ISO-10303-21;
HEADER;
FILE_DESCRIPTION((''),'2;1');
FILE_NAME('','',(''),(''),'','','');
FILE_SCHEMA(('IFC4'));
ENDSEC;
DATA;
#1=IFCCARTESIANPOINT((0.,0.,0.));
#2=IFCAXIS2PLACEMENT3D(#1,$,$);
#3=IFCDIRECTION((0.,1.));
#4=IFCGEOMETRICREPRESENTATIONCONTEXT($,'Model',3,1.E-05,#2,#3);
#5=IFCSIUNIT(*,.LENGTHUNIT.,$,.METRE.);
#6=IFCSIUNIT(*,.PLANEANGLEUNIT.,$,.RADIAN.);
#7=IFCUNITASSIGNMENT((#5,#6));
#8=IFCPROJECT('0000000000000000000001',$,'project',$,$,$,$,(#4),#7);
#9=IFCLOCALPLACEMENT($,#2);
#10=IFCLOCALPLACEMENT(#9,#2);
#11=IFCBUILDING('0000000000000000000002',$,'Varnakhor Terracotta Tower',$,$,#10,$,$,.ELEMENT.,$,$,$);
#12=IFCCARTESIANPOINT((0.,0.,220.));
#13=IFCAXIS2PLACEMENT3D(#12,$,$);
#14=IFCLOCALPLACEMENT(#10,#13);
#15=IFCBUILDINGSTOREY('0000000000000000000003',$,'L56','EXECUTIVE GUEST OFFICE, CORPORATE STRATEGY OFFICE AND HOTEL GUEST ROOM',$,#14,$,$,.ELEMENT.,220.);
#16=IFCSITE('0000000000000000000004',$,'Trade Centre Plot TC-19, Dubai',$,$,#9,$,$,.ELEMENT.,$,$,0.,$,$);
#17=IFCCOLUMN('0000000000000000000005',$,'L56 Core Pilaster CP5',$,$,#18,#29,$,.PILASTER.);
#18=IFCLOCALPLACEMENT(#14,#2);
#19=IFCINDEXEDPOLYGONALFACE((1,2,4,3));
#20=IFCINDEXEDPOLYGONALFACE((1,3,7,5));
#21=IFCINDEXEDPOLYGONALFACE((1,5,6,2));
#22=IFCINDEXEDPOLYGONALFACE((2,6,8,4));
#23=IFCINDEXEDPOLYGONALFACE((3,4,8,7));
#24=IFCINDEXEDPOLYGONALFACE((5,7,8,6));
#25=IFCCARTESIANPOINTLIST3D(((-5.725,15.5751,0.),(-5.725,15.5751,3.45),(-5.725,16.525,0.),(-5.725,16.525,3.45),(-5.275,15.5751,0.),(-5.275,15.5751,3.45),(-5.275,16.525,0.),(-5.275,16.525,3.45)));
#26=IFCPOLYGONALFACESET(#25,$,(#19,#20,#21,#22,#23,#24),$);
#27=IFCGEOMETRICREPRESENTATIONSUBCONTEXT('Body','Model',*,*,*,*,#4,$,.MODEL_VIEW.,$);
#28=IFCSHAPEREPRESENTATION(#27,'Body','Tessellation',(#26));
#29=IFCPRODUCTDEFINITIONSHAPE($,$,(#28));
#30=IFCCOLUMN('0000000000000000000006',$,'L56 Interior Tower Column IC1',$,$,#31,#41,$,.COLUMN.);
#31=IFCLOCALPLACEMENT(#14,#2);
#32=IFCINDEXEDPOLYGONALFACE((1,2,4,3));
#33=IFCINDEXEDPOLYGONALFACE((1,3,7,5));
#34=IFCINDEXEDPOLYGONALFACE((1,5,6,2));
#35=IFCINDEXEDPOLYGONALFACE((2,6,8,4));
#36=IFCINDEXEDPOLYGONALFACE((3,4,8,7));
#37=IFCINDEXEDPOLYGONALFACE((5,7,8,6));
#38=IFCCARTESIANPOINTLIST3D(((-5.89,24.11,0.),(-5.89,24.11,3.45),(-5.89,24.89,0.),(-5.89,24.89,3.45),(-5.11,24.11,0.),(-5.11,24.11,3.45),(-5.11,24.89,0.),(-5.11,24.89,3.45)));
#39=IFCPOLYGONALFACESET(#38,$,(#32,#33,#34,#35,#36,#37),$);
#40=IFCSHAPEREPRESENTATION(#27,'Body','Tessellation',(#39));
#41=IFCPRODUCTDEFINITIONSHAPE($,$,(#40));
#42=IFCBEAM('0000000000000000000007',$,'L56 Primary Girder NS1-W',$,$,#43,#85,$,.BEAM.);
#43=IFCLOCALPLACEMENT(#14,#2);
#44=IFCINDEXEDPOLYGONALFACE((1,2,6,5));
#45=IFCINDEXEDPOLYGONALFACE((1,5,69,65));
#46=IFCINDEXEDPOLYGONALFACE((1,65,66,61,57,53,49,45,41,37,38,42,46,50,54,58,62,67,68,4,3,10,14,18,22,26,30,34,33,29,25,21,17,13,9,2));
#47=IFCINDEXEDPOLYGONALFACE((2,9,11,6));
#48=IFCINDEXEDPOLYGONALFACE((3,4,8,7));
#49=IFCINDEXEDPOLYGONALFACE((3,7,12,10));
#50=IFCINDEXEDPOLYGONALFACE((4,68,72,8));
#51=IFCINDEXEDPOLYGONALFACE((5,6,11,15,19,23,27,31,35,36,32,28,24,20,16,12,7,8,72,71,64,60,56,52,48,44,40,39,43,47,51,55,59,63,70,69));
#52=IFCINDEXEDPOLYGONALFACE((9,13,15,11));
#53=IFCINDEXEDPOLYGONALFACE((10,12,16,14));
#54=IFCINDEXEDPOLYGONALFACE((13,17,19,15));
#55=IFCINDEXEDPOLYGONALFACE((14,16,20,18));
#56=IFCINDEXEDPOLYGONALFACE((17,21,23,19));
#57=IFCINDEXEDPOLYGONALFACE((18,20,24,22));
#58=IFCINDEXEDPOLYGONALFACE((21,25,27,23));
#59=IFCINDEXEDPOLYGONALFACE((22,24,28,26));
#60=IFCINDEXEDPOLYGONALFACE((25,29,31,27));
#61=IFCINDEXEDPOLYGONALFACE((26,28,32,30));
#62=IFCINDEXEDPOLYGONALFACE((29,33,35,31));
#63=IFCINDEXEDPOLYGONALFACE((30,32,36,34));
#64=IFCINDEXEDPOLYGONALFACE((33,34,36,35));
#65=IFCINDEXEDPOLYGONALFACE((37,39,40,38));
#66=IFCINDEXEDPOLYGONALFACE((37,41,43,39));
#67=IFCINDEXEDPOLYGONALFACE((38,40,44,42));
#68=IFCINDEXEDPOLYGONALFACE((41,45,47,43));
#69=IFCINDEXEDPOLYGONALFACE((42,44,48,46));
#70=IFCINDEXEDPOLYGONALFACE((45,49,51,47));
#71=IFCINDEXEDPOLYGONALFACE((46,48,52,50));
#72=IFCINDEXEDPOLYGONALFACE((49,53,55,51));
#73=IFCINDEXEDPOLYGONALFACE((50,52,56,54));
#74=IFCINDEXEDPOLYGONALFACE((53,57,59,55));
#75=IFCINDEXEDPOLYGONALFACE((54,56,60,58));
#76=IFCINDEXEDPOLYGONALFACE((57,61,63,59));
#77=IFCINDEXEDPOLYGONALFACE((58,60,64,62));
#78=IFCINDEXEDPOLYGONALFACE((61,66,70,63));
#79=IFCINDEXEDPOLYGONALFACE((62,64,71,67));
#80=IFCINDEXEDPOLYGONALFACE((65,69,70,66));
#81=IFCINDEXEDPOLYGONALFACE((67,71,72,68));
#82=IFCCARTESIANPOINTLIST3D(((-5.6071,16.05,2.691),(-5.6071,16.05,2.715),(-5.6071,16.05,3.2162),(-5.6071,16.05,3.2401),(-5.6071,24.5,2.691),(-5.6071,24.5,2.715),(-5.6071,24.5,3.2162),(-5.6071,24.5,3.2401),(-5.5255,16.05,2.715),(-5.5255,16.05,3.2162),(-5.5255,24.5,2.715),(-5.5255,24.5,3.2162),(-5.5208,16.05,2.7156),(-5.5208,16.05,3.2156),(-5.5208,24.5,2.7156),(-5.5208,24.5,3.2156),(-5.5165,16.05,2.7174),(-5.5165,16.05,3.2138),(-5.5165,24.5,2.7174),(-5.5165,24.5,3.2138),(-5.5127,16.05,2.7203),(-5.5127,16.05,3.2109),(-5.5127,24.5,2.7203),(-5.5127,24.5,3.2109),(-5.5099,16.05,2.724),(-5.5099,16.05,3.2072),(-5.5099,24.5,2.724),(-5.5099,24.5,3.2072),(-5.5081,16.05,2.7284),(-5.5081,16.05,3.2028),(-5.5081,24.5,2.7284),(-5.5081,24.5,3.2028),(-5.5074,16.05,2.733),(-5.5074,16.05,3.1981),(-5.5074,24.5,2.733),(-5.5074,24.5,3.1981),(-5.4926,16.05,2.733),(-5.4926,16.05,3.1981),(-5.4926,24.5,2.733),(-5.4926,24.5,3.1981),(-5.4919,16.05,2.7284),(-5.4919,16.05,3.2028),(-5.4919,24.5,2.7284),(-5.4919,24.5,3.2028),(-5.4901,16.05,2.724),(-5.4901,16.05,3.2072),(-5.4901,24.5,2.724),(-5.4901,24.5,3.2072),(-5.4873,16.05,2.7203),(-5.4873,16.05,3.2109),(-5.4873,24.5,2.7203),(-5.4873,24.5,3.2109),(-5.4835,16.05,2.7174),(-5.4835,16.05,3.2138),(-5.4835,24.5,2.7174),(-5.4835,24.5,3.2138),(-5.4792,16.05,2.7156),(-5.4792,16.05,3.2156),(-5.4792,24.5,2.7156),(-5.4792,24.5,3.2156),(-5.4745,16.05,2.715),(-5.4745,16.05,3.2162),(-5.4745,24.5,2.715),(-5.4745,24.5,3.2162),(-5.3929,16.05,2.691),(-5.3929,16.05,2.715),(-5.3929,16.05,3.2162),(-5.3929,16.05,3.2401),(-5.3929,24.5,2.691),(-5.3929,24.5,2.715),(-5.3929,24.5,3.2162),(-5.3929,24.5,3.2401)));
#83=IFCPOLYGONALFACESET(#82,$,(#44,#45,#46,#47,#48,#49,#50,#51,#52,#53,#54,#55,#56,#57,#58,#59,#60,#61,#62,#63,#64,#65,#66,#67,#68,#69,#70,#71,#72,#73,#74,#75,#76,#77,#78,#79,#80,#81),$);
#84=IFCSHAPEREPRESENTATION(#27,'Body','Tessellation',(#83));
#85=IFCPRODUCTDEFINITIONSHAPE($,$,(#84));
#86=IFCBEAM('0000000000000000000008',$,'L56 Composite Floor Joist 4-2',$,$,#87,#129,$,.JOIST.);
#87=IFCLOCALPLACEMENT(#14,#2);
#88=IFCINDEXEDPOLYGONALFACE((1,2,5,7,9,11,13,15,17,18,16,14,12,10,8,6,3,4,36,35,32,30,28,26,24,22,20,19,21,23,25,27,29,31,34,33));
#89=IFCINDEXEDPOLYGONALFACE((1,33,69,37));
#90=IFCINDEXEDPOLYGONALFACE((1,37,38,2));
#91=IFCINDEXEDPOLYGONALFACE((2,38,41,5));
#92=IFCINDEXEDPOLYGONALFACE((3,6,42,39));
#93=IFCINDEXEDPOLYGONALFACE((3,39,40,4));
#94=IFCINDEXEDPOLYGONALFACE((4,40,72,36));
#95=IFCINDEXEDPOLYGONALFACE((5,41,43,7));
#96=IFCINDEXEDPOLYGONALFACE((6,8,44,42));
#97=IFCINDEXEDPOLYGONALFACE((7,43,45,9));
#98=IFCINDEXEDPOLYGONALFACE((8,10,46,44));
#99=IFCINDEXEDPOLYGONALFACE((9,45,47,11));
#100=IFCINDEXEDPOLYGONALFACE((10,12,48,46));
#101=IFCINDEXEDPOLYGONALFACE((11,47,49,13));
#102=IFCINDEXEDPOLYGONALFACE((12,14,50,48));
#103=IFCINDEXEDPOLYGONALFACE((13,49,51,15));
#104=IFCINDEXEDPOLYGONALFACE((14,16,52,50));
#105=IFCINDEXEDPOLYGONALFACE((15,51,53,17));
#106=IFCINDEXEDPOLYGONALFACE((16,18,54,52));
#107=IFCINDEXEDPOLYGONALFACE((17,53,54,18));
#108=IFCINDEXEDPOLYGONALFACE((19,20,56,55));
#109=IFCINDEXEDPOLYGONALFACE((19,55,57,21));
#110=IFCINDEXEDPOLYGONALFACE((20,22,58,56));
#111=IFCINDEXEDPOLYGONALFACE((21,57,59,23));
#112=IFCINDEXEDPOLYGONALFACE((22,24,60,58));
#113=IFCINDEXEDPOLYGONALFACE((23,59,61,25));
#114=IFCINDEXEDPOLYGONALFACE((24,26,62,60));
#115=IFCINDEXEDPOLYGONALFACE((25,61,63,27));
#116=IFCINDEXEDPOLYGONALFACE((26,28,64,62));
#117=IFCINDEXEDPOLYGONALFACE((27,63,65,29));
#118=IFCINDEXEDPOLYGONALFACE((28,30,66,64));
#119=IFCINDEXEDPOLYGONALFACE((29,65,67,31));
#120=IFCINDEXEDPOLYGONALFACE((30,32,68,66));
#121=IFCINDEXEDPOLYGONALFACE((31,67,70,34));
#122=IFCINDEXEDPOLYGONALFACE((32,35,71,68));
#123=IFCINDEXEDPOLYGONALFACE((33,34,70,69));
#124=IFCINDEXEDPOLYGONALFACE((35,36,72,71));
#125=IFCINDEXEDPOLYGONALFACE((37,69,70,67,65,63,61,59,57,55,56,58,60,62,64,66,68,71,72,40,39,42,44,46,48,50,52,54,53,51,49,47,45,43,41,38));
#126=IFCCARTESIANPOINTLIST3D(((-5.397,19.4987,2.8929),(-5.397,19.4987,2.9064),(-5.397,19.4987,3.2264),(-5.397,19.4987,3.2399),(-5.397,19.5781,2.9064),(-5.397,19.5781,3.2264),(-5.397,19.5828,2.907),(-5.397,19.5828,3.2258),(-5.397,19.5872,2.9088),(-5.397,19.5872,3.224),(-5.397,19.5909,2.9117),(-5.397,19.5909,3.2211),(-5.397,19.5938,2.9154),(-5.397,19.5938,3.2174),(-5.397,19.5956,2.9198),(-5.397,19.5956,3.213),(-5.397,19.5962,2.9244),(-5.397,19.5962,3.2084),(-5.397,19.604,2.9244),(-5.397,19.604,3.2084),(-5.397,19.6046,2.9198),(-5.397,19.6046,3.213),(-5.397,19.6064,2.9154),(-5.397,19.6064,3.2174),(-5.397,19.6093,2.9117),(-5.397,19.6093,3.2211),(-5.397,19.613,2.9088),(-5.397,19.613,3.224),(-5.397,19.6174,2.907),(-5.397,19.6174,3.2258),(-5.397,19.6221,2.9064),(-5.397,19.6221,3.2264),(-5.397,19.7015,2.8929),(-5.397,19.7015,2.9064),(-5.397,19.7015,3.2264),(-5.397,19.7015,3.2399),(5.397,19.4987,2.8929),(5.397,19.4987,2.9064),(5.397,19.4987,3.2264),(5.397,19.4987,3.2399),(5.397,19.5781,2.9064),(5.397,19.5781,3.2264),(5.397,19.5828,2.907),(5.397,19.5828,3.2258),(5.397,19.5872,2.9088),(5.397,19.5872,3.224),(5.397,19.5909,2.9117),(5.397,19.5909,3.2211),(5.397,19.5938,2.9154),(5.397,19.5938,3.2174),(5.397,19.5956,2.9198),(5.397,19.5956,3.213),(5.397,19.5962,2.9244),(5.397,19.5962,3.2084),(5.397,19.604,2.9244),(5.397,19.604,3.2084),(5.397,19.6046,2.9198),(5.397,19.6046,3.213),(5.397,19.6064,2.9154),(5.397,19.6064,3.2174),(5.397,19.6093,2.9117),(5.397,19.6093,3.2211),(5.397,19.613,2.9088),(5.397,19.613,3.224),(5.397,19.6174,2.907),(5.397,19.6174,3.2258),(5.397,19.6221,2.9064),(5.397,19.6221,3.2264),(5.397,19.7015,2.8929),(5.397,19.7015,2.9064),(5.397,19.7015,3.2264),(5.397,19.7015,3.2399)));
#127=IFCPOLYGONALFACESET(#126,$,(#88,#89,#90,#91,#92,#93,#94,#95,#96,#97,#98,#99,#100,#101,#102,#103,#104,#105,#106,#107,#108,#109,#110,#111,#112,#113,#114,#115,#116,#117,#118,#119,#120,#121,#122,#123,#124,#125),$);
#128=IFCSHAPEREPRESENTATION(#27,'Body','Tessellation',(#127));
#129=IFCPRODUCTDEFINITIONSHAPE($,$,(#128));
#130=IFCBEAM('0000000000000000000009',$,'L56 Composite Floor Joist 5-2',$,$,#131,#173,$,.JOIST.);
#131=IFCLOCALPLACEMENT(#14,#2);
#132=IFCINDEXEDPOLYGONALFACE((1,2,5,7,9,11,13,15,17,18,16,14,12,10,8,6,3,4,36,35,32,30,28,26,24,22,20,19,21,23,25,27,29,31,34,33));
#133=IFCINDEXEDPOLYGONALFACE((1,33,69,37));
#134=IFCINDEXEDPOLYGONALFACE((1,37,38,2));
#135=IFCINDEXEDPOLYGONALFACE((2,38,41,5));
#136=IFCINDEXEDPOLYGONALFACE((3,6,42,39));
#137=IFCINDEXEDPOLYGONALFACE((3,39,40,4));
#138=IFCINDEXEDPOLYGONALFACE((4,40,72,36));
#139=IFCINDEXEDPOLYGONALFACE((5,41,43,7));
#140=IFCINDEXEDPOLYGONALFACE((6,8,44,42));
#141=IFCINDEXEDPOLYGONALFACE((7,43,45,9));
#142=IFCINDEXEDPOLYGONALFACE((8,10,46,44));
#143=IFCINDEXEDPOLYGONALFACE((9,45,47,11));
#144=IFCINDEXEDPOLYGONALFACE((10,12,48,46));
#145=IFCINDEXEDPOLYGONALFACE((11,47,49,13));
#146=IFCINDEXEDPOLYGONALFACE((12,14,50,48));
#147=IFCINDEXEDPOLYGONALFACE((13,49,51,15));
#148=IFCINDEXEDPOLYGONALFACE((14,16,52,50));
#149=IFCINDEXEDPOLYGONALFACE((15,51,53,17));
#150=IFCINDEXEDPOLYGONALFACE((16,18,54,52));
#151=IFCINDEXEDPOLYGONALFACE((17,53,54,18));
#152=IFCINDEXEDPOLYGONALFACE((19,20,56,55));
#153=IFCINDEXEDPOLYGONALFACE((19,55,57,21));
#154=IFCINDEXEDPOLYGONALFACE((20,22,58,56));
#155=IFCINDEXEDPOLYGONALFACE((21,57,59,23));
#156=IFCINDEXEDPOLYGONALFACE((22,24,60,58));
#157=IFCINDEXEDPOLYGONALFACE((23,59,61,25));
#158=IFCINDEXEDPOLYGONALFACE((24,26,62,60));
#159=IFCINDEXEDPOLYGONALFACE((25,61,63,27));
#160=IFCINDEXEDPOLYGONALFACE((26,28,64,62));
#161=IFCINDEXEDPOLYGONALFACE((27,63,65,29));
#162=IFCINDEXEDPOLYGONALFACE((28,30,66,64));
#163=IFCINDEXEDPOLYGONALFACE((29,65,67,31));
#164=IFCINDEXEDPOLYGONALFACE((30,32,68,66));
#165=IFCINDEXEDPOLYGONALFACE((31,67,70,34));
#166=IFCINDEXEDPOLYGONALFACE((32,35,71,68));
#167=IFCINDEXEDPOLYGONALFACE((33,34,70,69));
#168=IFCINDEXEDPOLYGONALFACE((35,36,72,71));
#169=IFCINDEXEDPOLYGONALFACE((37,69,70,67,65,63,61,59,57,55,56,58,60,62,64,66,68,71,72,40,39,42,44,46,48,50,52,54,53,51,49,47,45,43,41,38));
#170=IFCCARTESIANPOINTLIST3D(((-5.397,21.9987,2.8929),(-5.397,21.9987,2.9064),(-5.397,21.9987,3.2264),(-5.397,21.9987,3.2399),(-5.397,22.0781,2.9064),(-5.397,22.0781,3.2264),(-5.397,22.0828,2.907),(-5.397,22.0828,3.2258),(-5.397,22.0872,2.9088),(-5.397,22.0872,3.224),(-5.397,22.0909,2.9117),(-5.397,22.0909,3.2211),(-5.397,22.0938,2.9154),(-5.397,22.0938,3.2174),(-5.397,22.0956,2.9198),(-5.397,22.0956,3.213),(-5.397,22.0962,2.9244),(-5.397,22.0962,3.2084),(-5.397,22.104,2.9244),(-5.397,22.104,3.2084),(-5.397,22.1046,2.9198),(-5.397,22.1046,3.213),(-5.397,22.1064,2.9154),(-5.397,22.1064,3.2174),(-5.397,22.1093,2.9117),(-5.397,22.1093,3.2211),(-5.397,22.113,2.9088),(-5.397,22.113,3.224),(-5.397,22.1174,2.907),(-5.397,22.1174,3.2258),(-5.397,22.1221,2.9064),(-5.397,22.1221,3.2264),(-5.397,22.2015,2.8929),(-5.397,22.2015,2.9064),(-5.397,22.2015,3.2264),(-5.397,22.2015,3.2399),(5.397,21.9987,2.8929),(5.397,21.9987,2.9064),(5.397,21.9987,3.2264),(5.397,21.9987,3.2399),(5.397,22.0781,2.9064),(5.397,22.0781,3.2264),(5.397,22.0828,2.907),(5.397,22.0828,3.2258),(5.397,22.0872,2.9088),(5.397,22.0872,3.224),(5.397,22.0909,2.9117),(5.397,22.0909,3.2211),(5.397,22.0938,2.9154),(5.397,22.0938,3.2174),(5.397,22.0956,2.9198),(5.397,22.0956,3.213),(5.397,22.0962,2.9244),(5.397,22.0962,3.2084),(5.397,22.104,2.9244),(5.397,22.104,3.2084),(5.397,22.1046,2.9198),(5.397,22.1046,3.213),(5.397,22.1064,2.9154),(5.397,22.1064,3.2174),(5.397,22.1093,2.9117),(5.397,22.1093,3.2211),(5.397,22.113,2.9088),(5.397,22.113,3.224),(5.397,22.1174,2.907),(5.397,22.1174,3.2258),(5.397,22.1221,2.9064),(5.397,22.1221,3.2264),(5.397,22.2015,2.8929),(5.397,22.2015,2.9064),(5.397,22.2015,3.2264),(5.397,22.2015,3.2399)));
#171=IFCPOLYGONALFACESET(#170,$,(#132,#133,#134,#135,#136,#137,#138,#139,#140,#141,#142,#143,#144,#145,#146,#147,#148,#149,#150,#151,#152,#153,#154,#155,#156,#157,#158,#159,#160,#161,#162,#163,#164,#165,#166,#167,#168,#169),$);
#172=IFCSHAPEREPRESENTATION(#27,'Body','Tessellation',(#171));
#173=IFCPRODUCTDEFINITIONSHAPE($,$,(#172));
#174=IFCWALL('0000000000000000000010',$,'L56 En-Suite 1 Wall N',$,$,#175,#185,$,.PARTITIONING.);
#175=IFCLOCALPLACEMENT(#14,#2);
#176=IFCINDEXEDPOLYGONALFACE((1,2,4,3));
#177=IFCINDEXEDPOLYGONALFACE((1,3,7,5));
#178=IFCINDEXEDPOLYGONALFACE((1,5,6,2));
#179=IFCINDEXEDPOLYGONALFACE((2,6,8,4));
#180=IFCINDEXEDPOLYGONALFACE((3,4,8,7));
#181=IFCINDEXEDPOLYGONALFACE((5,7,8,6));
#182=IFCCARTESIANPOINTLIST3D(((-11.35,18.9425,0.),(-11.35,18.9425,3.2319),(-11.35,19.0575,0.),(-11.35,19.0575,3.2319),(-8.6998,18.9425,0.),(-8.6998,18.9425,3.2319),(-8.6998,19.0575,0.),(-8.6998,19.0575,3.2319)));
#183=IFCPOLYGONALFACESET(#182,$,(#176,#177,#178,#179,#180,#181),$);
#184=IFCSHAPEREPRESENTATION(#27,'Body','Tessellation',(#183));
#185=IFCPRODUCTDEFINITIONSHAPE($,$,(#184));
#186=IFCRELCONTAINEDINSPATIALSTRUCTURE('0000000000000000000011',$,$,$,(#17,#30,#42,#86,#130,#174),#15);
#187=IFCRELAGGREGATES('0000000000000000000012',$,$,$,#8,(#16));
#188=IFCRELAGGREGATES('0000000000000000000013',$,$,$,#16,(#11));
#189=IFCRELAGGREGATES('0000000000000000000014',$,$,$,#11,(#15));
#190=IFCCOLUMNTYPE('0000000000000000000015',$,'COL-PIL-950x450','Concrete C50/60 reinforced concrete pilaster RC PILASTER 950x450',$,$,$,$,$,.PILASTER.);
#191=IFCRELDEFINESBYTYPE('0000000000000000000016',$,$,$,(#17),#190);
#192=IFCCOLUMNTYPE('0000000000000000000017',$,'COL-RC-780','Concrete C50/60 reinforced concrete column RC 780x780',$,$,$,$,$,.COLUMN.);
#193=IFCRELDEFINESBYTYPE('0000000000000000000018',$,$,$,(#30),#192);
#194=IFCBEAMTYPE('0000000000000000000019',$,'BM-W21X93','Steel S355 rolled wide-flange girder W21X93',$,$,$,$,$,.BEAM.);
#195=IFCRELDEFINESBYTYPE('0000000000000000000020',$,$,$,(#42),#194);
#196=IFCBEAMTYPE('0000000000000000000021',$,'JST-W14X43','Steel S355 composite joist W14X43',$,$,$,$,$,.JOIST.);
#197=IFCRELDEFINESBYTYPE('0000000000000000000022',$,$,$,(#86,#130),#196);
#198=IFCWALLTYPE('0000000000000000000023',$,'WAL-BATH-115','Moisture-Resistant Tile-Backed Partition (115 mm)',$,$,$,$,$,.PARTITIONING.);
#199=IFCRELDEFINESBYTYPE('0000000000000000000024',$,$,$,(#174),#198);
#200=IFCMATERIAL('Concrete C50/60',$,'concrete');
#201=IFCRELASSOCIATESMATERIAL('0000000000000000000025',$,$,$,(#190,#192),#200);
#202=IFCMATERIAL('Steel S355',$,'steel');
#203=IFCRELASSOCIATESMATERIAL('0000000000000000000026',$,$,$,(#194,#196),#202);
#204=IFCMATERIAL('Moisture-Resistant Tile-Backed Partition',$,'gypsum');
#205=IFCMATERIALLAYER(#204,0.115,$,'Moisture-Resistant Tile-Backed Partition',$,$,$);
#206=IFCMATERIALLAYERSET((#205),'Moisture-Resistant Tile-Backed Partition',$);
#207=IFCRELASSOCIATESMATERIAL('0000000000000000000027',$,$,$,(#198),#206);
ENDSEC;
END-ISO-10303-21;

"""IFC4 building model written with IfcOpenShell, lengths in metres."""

from ifc_helpers import new_model, si_unit, direction, frame, frame_2d, origin, origin_2d, place, context, subcontext, project, spatial, rectangle, i_section, extrude, source, transform, mapped, material, layer, layer_set, material_profile, profile_set, type_object, type_shapes, element, save


model = new_model("IFC4")

# Units and contexts
model_context = context("Model", 3, precision=1e-05, world=origin(), true_north=direction((0.0, 1.0)))
body_context = subcontext(model_context, "Body", "Model", "MODEL_VIEW")
ifc_project = project(units=[si_unit("LENGTHUNIT", "METRE"), si_unit("PLANEANGLEUNIT", "RADIAN")], contexts=[model_context])

# Site, building, storey
site_placement = place(None, origin())
site = spatial("IfcSite", under=ifc_project, at=site_placement, Name="Trade Centre Plot TC-19, Dubai", CompositionType="ELEMENT", RefElevation=0.0)
building_placement = place(site_placement, origin())
building = spatial("IfcBuilding", under=site, at=building_placement, Name="Varnakhor Terracotta Tower", CompositionType="ELEMENT")
storey_placement = place(building_placement, frame((0.0, 0.0, 220.0)))
storey = spatial("IfcBuildingStorey", under=building, at=storey_placement, Name="L56", Description="EXECUTIVE GUEST OFFICE, CORPORATE STRATEGY OFFICE AND HOTEL GUEST ROOM", CompositionType="ELEMENT", Elevation=220.0)

# Columns
ifc_material_1 = material(Name="Concrete C50/60", Category="concrete")
ifc_material_profile_1 = material_profile(ifc_material_1, rectangle(XDim=0.45, YDim=0.95, at=origin_2d()), Name="RC PILASTER 950x450")
ifc_profile_set_1 = profile_set([ifc_material_profile_1], Name="Concrete C50/60")
column_type_1 = type_object("IfcColumnType", Name="COL-PIL-950x450", Description="Concrete C50/60 reinforced concrete pilaster RC PILASTER 950x450", PredefinedType="PILASTER", material=ifc_profile_set_1)
shared_shape_1 = source(origin(), body_context, "Body", "SweptSolid", [
    extrude(rectangle(XDim=0.45, YDim=0.95, at=origin_2d()), origin(), (0.0, 0.0, 1.0), 3.45),
])
column_1_placement = place(storey_placement, frame((-5.5, 16.05, 0.0), z_axis=(0.0, 0.0, 1.0), x_axis=(1.0, 0.0, 0.0)))
element("IfcColumn", 1, at=column_1_placement, inside=storey, type_object=column_type_1, Name="L56 Core Pilaster CP5", PredefinedType="PILASTER", context=body_context, shape_type="MappedRepresentation", body=[
    mapped(shared_shape_1, transform((0.0, 0.0, 0.0), scale=1.0)),
])
ifc_material_profile_2 = material_profile(ifc_material_1, rectangle(XDim=0.78, YDim=0.78, at=origin_2d()), Name="RC 780x780")
ifc_profile_set_2 = profile_set([ifc_material_profile_2], Name="Concrete C50/60")
column_type_2 = type_object("IfcColumnType", Name="COL-RC-780", Description="Concrete C50/60 reinforced concrete column RC 780x780", PredefinedType="COLUMN", material=ifc_profile_set_2)
shared_shape_2 = source(origin(), body_context, "Body", "SweptSolid", [
    extrude(rectangle(XDim=0.78, YDim=0.78, at=origin_2d()), origin(), (0.0, 0.0, 1.0), 3.45),
])
column_2_placement = place(storey_placement, frame((-5.5, 24.5, 0.0), z_axis=(0.0, 0.0, 1.0), x_axis=(1.0, 0.0, 0.0)))
element("IfcColumn", 2, at=column_2_placement, inside=storey, type_object=column_type_2, Name="L56 Interior Tower Column IC1", PredefinedType="COLUMN", context=body_context, shape_type="MappedRepresentation", body=[
    mapped(shared_shape_2, transform((0.0, 0.0, 0.0), scale=1.0)),
])

# Beams
ifc_material_2 = material(Name="Steel S355", Category="steel")
ifc_material_profile_3 = material_profile(ifc_material_2, i_section(OverallWidth=0.2141, OverallDepth=0.5491, WebThickness=0.0149, FlangeThickness=0.0239, FilletRadius=0.0181, at=origin_2d()), Name="W21X93")
ifc_profile_set_3 = profile_set([ifc_material_profile_3], Name="Steel S355")
beam_type_1 = type_object("IfcBeamType", Name="BM-W21X93", Description="Steel S355 rolled wide-flange girder W21X93", PredefinedType="BEAM", material=ifc_profile_set_3)
shared_shape_3 = source(origin(), body_context, "Body", "SweptSolid", [
    extrude(i_section(OverallWidth=0.2141, OverallDepth=0.5491, WebThickness=0.0149, FlangeThickness=0.0239, FilletRadius=0.0181, at=origin_2d()), origin(), (0.0, 0.0, 1.0), 8.45),
])
type_shapes(beam_type_1, [shared_shape_3])
beam_placement = place(storey_placement, frame((-5.5, 16.05, 2.9656), z_axis=(0.0, 1.0, 0.0), x_axis=(-1.0, 0.0, 0.0)))
element("IfcBeam", 3, at=beam_placement, inside=storey, type_object=beam_type_1, Name="L56 Primary Girder NS1-W", PredefinedType="BEAM", context=body_context, shape_type="MappedRepresentation", body=[
    mapped(shared_shape_3, transform((0.0, 0.0, 0.0), scale=1.0)),
])
ifc_material_profile_4 = material_profile(ifc_material_2, i_section(OverallWidth=0.2029, OverallDepth=0.3469, WebThickness=0.0078, FlangeThickness=0.0134, FilletRadius=0.0181, at=origin_2d()), Name="W14X43")
ifc_profile_set_4 = profile_set([ifc_material_profile_4], Name="Steel S355")
beam_type_2 = type_object("IfcBeamType", Name="JST-W14X43", Description="Steel S355 composite joist W14X43", PredefinedType="JOIST", material=ifc_profile_set_4)
shared_shape_4 = source(origin(), body_context, "Body", "SweptSolid", [
    extrude(i_section(OverallWidth=0.2029, OverallDepth=0.3469, WebThickness=0.0078, FlangeThickness=0.0134, FilletRadius=0.0181, at=origin_2d()), origin(), (0.0, 0.0, 1.0), 10.7939),
])
for number, where, z_axis, x_axis, name in (
    (4, (-5.397, 19.6001, 3.0664), (1.0, 0.0, 0.0), (0.0, 1.0, 0.0), "L56 Composite Floor Joist 4-2"),
    (5, (-5.397, 22.1001, 3.0664), (1.0, 0.0, 0.0), (0.0, 1.0, 0.0), "L56 Composite Floor Joist 5-2"),
):
    element("IfcBeam", number, at=place(storey_placement, frame(where, z_axis=z_axis, x_axis=x_axis)), inside=storey, type_object=beam_type_2, Name=name, PredefinedType="JOIST", context=body_context, shape_type="MappedRepresentation", body=[
        mapped(shared_shape_4, transform((0.0, 0.0, 0.0), scale=1.0)),
    ])

# Wall
ifc_material_3 = material(Name="Moisture-Resistant Tile-Backed Partition", Category="gypsum")
ifc_layer_1 = layer(ifc_material_3, 0.115, Name="Moisture-Resistant Tile-Backed Partition")
ifc_layer_set_1 = layer_set([ifc_layer_1], Name="Moisture-Resistant Tile-Backed Partition")
wall_type_1 = type_object("IfcWallType", Name="WAL-BATH-115", Description="Moisture-Resistant Tile-Backed Partition (115 mm)", PredefinedType="PARTITIONING", material=ifc_layer_set_1)
wall_1_placement = place(storey_placement, frame((-11.3501, 19.0, 0.0), z_axis=(0.0, 0.0, 1.0), x_axis=(1.0, 0.0, 0.0)))
element("IfcWall", 6, at=wall_1_placement, inside=storey, type_object=wall_type_1, Name="L56 En-Suite 1 Wall N", PredefinedType="PARTITIONING", context=body_context, shape_type="SweptSolid", body=[
    extrude(rectangle(XDim=2.6501, YDim=0.115, at=frame_2d((1.3252, 0.0))), origin(), (0.0, 0.0, 1.0), 3.2319),
])

save(model, "model.ifc")
